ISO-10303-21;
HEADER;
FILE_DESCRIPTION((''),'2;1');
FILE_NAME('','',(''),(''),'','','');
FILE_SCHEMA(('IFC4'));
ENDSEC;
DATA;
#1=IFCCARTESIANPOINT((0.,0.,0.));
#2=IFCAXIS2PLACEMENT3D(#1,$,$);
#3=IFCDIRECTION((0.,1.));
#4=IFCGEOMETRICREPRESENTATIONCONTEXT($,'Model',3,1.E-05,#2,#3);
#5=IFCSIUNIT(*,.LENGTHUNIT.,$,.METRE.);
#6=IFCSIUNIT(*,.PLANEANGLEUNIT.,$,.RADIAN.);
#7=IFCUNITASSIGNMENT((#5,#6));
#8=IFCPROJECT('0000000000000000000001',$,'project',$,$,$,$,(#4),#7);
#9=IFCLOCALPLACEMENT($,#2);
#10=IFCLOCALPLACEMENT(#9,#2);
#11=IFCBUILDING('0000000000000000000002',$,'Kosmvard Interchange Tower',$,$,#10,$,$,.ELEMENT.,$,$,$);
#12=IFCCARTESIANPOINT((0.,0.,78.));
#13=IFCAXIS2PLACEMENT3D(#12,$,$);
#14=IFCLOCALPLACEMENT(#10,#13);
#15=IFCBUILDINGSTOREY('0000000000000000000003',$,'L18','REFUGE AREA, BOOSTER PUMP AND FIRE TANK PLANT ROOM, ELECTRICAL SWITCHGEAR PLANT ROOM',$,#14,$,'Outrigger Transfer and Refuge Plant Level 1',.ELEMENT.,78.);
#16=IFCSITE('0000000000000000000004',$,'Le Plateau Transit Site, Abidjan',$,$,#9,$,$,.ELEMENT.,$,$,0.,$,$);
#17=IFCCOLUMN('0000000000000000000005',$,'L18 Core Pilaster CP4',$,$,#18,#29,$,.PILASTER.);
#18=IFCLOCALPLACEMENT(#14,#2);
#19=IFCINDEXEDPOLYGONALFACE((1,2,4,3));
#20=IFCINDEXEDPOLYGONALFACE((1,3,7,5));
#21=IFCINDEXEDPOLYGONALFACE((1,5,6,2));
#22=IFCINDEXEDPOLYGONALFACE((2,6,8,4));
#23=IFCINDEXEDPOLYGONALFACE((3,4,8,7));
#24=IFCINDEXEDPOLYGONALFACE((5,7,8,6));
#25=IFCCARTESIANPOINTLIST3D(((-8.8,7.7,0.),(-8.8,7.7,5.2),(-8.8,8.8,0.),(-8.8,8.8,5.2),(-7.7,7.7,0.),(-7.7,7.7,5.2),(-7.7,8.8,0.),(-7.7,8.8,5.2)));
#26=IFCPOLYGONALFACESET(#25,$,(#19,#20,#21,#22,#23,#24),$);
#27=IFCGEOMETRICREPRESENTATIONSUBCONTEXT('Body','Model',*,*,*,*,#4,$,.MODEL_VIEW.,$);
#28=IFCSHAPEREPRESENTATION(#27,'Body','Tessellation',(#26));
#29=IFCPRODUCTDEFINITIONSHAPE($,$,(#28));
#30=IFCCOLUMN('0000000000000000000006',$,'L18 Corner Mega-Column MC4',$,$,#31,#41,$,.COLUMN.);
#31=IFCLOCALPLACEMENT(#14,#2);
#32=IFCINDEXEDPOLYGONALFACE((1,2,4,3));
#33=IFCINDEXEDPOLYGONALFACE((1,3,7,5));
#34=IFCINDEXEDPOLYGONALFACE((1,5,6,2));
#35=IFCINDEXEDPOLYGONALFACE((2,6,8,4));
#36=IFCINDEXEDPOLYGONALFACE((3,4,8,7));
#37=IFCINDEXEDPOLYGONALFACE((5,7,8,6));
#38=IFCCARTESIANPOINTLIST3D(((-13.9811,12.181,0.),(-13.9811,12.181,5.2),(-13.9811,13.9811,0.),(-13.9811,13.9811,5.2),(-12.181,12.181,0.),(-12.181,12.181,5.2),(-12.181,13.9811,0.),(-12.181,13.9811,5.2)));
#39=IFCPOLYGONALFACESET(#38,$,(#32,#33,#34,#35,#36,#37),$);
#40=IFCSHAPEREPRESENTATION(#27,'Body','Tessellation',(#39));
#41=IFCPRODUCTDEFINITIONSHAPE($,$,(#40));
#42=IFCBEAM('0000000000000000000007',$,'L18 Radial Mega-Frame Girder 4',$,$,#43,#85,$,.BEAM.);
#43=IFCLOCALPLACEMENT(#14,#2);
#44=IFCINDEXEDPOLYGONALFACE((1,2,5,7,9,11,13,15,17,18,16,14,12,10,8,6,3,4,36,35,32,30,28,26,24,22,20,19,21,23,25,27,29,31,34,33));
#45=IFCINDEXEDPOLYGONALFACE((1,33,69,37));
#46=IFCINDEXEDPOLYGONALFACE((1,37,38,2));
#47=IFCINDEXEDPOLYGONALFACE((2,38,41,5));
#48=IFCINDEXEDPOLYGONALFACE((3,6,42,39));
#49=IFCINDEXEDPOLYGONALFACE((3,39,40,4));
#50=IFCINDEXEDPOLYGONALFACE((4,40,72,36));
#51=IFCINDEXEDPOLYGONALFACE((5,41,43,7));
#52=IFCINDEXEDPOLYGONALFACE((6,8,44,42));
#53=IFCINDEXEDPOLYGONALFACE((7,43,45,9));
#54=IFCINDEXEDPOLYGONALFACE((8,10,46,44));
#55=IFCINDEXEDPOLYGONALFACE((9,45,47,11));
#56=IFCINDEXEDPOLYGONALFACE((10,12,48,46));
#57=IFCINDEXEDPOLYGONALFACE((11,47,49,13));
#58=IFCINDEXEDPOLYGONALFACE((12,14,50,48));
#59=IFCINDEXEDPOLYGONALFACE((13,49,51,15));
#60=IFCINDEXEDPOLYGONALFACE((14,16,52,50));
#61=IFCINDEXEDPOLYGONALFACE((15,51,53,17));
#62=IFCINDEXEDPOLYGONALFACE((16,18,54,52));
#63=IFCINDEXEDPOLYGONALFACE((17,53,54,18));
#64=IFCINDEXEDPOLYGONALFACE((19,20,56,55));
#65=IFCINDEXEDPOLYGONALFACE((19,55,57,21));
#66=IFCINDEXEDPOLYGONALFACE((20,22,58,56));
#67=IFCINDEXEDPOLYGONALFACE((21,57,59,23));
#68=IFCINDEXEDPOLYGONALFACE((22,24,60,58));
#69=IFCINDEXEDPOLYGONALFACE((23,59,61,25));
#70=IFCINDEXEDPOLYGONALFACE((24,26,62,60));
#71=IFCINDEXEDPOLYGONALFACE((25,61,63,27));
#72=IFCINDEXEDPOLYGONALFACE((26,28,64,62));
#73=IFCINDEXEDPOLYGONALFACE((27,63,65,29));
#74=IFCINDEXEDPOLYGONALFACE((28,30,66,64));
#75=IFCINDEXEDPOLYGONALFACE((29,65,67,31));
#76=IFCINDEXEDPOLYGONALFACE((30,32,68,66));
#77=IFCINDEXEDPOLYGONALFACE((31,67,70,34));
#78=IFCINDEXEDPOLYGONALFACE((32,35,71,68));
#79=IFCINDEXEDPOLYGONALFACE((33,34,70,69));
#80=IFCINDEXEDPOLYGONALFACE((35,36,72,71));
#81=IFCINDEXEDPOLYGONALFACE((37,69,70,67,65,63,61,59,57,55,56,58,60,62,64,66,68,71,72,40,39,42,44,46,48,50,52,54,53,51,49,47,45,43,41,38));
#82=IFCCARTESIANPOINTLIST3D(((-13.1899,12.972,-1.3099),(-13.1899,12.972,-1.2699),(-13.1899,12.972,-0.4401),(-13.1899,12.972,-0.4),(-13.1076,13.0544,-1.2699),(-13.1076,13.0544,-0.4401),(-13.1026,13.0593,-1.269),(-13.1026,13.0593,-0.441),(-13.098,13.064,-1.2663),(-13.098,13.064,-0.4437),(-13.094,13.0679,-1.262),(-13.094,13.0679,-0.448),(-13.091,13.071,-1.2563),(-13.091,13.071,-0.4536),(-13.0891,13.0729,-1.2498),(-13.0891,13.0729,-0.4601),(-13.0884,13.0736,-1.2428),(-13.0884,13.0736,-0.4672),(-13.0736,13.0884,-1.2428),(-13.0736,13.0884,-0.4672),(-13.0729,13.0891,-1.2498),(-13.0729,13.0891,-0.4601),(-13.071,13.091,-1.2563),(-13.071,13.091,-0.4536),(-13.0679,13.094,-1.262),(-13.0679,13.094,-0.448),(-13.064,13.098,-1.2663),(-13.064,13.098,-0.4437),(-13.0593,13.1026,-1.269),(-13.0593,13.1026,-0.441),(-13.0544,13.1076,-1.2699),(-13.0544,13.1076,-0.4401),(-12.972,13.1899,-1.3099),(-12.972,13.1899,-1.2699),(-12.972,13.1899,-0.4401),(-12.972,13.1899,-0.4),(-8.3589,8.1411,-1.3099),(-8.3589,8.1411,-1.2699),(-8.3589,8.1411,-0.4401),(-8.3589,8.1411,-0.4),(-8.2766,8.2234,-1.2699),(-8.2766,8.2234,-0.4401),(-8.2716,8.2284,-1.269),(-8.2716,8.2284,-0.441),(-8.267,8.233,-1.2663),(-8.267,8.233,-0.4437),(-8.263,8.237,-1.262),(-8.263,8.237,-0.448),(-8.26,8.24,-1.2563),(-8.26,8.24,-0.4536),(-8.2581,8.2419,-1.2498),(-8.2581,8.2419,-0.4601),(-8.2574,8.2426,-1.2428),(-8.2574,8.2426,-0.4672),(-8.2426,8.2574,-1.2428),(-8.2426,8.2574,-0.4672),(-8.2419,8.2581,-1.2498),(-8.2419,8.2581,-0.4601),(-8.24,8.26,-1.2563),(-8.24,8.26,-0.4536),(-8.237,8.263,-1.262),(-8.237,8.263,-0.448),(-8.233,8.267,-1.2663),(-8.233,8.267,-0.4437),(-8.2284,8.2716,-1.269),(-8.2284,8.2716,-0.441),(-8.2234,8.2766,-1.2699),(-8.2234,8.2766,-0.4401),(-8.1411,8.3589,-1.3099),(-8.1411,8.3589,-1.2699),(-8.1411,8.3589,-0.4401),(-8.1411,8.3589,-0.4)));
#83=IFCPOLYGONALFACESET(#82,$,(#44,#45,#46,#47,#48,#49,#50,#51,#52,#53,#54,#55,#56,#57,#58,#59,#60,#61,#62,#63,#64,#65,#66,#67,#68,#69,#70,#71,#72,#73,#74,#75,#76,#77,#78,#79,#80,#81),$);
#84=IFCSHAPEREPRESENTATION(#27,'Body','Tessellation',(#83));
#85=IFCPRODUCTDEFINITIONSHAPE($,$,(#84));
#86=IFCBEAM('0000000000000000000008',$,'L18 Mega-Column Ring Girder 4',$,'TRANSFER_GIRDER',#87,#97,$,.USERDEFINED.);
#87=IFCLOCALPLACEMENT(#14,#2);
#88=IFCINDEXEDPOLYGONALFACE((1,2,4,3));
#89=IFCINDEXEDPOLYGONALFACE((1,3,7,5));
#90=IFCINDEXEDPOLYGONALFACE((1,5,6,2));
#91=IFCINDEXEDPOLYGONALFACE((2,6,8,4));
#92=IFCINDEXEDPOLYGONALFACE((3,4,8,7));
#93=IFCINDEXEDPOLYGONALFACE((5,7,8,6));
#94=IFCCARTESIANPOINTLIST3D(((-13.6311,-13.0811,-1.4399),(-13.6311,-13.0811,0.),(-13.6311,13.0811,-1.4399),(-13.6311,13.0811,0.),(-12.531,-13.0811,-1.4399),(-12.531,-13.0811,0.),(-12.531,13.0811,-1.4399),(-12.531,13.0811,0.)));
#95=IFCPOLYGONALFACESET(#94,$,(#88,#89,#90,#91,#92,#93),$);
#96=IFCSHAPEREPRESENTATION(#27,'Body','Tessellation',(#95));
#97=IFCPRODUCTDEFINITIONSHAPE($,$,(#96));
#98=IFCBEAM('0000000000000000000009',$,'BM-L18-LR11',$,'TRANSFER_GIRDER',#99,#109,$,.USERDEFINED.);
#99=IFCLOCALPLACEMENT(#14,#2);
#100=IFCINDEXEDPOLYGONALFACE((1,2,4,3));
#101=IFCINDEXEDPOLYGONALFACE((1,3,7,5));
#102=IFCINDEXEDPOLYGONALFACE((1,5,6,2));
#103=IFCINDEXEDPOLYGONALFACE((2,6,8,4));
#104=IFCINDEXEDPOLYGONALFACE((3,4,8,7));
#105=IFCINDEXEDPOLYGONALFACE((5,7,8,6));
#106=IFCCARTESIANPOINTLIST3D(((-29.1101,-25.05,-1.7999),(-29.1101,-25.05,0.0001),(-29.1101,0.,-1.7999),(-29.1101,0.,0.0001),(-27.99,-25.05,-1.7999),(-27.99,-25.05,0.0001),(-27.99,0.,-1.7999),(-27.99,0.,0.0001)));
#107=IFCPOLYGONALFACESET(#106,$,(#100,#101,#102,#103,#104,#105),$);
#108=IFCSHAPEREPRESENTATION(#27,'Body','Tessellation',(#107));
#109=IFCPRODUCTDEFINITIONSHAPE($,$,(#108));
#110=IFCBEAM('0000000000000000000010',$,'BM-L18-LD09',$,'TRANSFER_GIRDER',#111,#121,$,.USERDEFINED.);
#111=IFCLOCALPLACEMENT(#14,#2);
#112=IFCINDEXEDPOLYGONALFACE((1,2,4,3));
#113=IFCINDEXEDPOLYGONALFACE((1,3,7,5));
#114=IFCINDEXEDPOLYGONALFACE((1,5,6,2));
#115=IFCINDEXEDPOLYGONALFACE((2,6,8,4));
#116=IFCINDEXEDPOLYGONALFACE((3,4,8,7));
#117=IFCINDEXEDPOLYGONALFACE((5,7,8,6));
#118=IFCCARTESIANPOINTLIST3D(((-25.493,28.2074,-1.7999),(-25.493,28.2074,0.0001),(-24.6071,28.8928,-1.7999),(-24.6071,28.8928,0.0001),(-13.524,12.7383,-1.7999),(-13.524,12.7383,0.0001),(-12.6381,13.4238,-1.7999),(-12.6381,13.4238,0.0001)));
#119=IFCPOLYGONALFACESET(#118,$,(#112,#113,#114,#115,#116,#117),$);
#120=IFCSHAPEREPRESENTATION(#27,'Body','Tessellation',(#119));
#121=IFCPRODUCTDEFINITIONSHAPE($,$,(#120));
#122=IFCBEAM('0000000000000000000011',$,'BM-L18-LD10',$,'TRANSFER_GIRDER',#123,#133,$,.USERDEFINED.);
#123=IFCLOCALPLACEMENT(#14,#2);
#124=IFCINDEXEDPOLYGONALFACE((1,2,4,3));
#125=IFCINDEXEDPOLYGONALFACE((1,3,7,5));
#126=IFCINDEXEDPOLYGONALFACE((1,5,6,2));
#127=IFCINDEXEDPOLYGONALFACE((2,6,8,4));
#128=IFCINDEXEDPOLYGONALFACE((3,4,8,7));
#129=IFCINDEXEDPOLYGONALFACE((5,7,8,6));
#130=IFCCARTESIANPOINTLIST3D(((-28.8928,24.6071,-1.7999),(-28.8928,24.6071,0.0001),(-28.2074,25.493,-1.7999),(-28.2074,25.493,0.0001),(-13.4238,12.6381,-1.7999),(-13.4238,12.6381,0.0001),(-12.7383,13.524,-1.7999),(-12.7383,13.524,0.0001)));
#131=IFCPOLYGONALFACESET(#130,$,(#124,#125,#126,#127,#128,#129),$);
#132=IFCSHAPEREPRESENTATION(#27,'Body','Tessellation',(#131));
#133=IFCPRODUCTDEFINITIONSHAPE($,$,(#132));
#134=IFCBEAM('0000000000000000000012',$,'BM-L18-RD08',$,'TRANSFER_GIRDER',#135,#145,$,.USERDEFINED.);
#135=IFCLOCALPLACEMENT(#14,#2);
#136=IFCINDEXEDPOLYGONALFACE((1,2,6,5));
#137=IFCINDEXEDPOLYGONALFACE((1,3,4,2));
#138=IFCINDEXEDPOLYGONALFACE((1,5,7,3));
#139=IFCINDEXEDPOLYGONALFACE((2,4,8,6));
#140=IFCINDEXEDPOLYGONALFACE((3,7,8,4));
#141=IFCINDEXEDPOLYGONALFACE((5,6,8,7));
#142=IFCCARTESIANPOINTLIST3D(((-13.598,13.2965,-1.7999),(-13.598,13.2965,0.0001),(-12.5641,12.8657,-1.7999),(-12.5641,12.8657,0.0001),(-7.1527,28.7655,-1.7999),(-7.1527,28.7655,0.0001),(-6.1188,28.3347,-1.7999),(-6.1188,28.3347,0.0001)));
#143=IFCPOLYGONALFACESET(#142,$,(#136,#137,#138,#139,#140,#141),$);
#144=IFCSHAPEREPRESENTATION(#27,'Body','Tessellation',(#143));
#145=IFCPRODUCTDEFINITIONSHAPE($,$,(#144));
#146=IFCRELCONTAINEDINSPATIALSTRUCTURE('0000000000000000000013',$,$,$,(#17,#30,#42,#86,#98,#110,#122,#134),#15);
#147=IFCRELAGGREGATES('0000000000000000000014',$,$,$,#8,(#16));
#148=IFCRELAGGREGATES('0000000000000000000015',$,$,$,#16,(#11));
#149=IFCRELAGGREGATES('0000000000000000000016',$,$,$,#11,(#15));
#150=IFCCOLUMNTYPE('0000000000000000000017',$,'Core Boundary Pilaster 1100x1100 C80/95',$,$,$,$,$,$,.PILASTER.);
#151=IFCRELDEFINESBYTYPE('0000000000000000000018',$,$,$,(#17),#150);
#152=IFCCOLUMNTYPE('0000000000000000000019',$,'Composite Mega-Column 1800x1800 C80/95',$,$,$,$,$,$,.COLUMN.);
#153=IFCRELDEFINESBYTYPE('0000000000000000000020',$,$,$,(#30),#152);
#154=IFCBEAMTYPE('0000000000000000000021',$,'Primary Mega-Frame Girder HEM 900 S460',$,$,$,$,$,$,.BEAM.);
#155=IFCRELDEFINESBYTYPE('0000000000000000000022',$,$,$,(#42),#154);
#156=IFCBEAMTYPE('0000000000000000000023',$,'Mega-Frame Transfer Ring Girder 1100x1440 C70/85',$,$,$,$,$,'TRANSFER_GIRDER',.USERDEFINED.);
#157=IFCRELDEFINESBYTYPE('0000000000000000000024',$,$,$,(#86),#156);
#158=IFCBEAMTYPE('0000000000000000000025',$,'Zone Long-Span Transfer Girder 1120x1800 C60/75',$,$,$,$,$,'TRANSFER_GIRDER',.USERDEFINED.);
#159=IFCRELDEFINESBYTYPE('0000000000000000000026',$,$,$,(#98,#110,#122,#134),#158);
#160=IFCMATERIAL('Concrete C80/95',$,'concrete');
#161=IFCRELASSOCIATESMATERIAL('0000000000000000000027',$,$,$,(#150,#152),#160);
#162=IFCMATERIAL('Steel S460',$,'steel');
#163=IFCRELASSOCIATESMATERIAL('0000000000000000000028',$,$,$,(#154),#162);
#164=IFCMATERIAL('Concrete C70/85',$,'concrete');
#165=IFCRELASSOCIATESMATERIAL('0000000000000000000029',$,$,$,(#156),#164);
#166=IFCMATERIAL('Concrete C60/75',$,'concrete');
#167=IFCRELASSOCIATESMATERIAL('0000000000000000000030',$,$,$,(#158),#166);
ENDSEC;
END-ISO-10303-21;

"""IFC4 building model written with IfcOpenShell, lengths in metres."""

from ifc_helpers import new_model, si_unit, direction, frame, origin, origin_2d, place, context, subcontext, project, spatial, rectangle, i_section, extrude, source, transform, mapped, material, material_profile, profile_set, type_object, element, save


model = new_model("IFC4")

# Units and contexts
model_context = context("Model", 3, precision=1e-05, world=origin(), true_north=direction((0.0, 1.0)))
body_context = subcontext(model_context, "Body", "Model", "MODEL_VIEW")
ifc_project = project(units=[si_unit("LENGTHUNIT", "METRE"), si_unit("PLANEANGLEUNIT", "RADIAN")], contexts=[model_context])

# Site, building, storey
site_placement = place(None, origin())
site = spatial("IfcSite", under=ifc_project, at=site_placement, Name="Le Plateau Transit Site, Abidjan", CompositionType="ELEMENT", RefElevation=0.0)
building_placement = place(site_placement, origin())
building = spatial("IfcBuilding", under=site, at=building_placement, Name="Kosmvard Interchange Tower", CompositionType="ELEMENT")
storey_placement = place(building_placement, frame((0.0, 0.0, 78.0)))
storey = spatial("IfcBuildingStorey", under=building, at=storey_placement, Name="L18", Description="REFUGE AREA, BOOSTER PUMP AND FIRE TANK PLANT ROOM, ELECTRICAL SWITCHGEAR PLANT ROOM", LongName="Outrigger Transfer and Refuge Plant Level 1", CompositionType="ELEMENT", Elevation=78.0)

# Columns
ifc_material_1 = material(Name="Concrete C80/95", Category="concrete")
ifc_material_profile_1 = material_profile(ifc_material_1, rectangle(XDim=1.1001, YDim=1.1001, at=origin_2d()), Name="CP 1100x1100")
ifc_profile_set_1 = profile_set([ifc_material_profile_1], Name="Concrete C80/95")
column_type_1 = type_object("IfcColumnType", Name="Core Boundary Pilaster 1100x1100 C80/95", PredefinedType="PILASTER", material=ifc_profile_set_1)
shared_shape_1 = source(origin(), body_context, "Body", "SweptSolid", [
    extrude(rectangle(XDim=1.1001, YDim=1.1001, at=origin_2d()), origin(), (0.0, 0.0, 1.0), 5.2),
])
column_1_placement = place(storey_placement, frame((-8.25, 8.25, 0.0), z_axis=(0.0, 0.0, 1.0), x_axis=(1.0, 0.0, 0.0)))
element("IfcColumn", 1, at=column_1_placement, inside=storey, type_object=column_type_1, Name="L18 Core Pilaster CP4", PredefinedType="PILASTER", context=body_context, shape_type="MappedRepresentation", body=[
    mapped(shared_shape_1, transform((0.0, 0.0, 0.0), scale=1.0)),
])
ifc_material_profile_2 = material_profile(ifc_material_1, rectangle(XDim=1.8, YDim=1.8, at=origin_2d()), Name="MC 1800x1800")
ifc_profile_set_2 = profile_set([ifc_material_profile_2], Name="Concrete C80/95")
column_type_2 = type_object("IfcColumnType", Name="Composite Mega-Column 1800x1800 C80/95", PredefinedType="COLUMN", material=ifc_profile_set_2)
shared_shape_2 = source(origin(), body_context, "Body", "SweptSolid", [
    extrude(rectangle(XDim=1.8, YDim=1.8, at=origin_2d()), origin(), (0.0, 0.0, 1.0), 5.2),
])
column_2_placement = place(storey_placement, frame((-13.0811, 13.0811, 0.0), z_axis=(0.0, 0.0, 1.0), x_axis=(1.0, 0.0, 0.0)))
element("IfcColumn", 2, at=column_2_placement, inside=storey, type_object=column_type_2, Name="L18 Corner Mega-Column MC4", PredefinedType="COLUMN", context=body_context, shape_type="MappedRepresentation", body=[
    mapped(shared_shape_2, transform((0.0, 0.0, 0.0), scale=1.0)),
])

# Beams
ifc_material_2 = material(Name="Steel S460", Category="steel")
ifc_material_profile_3 = material_profile(ifc_material_2, i_section(OverallWidth=0.3081, OverallDepth=0.9099, WebThickness=0.021, FlangeThickness=0.04, FilletRadius=0.0271, at=origin_2d()), Name="HEM 900")
ifc_profile_set_3 = profile_set([ifc_material_profile_3], Name="Steel S460")
beam_type_1 = type_object("IfcBeamType", Name="Primary Mega-Frame Girder HEM 900 S460", PredefinedType="BEAM", material=ifc_profile_set_3)
shared_shape_3 = source(origin(), body_context, "Body", "SweptSolid", [
    extrude(i_section(OverallWidth=0.3081, OverallDepth=0.9099, WebThickness=0.021, FlangeThickness=0.04, FilletRadius=0.0271, at=origin_2d()), origin(), (0.0, 0.0, 1.0), 6.832),
])
beam_1_placement = place(storey_placement, frame((-8.25, 8.25, -0.855), z_axis=(-0.707107, 0.707107, 0.0), x_axis=(-0.707107, -0.707107, 0.0)))
element("IfcBeam", 3, at=beam_1_placement, inside=storey, type_object=beam_type_1, Name="L18 Radial Mega-Frame Girder 4", PredefinedType="BEAM", context=body_context, shape_type="MappedRepresentation", body=[
    mapped(shared_shape_3, transform((0.0, 0.0, 0.0), scale=1.0)),
])
ifc_material_3 = material(Name="Concrete C70/85", Category="concrete")
ifc_material_profile_4 = material_profile(ifc_material_3, rectangle(XDim=1.1001, YDim=1.4399, at=origin_2d()), Name="TG 1100x1440")
ifc_profile_set_4 = profile_set([ifc_material_profile_4], Name="Concrete C70/85")
beam_type_2 = type_object("IfcBeamType", Name="Mega-Frame Transfer Ring Girder 1100x1440 C70/85", ElementType="TRANSFER_GIRDER", PredefinedType="USERDEFINED", material=ifc_profile_set_4)
shared_shape_4 = source(origin(), body_context, "Body", "SweptSolid", [
    extrude(rectangle(XDim=1.1001, YDim=1.4399, at=origin_2d()), origin(), (0.0, 0.0, 1.0), 26.1621),
])
beam_2_placement = place(storey_placement, frame((-13.0811, 13.0811, -0.72), z_axis=(0.0, -1.0, 0.0), x_axis=(1.0, 0.0, 0.0)))
element("IfcBeam", 4, at=beam_2_placement, inside=storey, type_object=beam_type_2, Name="L18 Mega-Column Ring Girder 4", ObjectType="TRANSFER_GIRDER", PredefinedType="USERDEFINED", context=body_context, shape_type="MappedRepresentation", body=[
    mapped(shared_shape_4, transform((0.0, 0.0, 0.0), scale=1.0)),
])
ifc_material_4 = material(Name="Concrete C60/75", Category="concrete")
ifc_material_profile_5 = material_profile(ifc_material_4, rectangle(XDim=1.1201, YDim=1.8, at=origin_2d()), Name="TG 1120x1800")
ifc_profile_set_5 = profile_set([ifc_material_profile_5], Name="Concrete C60/75")
beam_type_3 = type_object("IfcBeamType", Name="Zone Long-Span Transfer Girder 1120x1800 C60/75", ElementType="TRANSFER_GIRDER", PredefinedType="USERDEFINED", material=ifc_profile_set_5)
shared_shape_5 = source(origin(), body_context, "Body", "SweptSolid", [
    extrude(rectangle(XDim=1.1201, YDim=1.8, at=origin_2d()), origin(), (0.0, 0.0, 1.0), 25.05),
])
beam_3_placement = place(storey_placement, frame((-28.55, 0.0, -0.8999), z_axis=(0.0, -1.0, 0.0), x_axis=(1.0, 0.0, 0.0)))
element("IfcBeam", 5, at=beam_3_placement, inside=storey, type_object=beam_type_3, Name="BM-L18-LR11", ObjectType="TRANSFER_GIRDER", PredefinedType="USERDEFINED", context=body_context, shape_type="MappedRepresentation", body=[
    mapped(shared_shape_5, transform((0.0, 0.0, 0.0), scale=1.0)),
])
shared_shape_6 = source(origin(), body_context, "Body", "SweptSolid", [
    extrude(rectangle(XDim=1.1201, YDim=1.8, at=origin_2d()), origin(), (0.0, 0.0, 1.0), 19.5588),
])
for number, where, z_axis, x_axis, name in (
    (6, (-13.0811, 13.0811, -0.8999), (-0.611949, 0.790897, 0.0), (-0.790897, -0.611949, 0.0), "BM-L18-LD09"),
    (7, (-13.0811, 13.0811, -0.8999), (-0.790897, 0.611949, 0.0), (-0.611949, -0.790897, 0.0), "BM-L18-LD10"),
):
    element("IfcBeam", number, at=place(storey_placement, frame(where, z_axis=z_axis, x_axis=x_axis)), inside=storey, type_object=beam_type_3, Name=name, ObjectType="TRANSFER_GIRDER", PredefinedType="USERDEFINED", context=body_context, shape_type="MappedRepresentation", body=[
        mapped(shared_shape_6, transform((0.0, 0.0, 0.0), scale=1.0)),
    ])
shared_shape_7 = source(origin(), body_context, "Body", "SweptSolid", [
    extrude(rectangle(XDim=1.1201, YDim=1.8, at=origin_2d()), origin(), (0.0, 0.0, 1.0), 16.7581),
])
beam_4_placement = place(storey_placement, frame((-13.0811, 13.0811, -0.8999), z_axis=(0.38461, 0.923079, 0.0), x_axis=(-0.923079, 0.38461, 0.0)))
element("IfcBeam", 8, at=beam_4_placement, inside=storey, type_object=beam_type_3, Name="BM-L18-RD08", ObjectType="TRANSFER_GIRDER", PredefinedType="USERDEFINED", context=body_context, shape_type="MappedRepresentation", body=[
    mapped(shared_shape_7, transform((0.0, 0.0, 0.0), scale=1.0)),
])

save(model, "model.ifc")
